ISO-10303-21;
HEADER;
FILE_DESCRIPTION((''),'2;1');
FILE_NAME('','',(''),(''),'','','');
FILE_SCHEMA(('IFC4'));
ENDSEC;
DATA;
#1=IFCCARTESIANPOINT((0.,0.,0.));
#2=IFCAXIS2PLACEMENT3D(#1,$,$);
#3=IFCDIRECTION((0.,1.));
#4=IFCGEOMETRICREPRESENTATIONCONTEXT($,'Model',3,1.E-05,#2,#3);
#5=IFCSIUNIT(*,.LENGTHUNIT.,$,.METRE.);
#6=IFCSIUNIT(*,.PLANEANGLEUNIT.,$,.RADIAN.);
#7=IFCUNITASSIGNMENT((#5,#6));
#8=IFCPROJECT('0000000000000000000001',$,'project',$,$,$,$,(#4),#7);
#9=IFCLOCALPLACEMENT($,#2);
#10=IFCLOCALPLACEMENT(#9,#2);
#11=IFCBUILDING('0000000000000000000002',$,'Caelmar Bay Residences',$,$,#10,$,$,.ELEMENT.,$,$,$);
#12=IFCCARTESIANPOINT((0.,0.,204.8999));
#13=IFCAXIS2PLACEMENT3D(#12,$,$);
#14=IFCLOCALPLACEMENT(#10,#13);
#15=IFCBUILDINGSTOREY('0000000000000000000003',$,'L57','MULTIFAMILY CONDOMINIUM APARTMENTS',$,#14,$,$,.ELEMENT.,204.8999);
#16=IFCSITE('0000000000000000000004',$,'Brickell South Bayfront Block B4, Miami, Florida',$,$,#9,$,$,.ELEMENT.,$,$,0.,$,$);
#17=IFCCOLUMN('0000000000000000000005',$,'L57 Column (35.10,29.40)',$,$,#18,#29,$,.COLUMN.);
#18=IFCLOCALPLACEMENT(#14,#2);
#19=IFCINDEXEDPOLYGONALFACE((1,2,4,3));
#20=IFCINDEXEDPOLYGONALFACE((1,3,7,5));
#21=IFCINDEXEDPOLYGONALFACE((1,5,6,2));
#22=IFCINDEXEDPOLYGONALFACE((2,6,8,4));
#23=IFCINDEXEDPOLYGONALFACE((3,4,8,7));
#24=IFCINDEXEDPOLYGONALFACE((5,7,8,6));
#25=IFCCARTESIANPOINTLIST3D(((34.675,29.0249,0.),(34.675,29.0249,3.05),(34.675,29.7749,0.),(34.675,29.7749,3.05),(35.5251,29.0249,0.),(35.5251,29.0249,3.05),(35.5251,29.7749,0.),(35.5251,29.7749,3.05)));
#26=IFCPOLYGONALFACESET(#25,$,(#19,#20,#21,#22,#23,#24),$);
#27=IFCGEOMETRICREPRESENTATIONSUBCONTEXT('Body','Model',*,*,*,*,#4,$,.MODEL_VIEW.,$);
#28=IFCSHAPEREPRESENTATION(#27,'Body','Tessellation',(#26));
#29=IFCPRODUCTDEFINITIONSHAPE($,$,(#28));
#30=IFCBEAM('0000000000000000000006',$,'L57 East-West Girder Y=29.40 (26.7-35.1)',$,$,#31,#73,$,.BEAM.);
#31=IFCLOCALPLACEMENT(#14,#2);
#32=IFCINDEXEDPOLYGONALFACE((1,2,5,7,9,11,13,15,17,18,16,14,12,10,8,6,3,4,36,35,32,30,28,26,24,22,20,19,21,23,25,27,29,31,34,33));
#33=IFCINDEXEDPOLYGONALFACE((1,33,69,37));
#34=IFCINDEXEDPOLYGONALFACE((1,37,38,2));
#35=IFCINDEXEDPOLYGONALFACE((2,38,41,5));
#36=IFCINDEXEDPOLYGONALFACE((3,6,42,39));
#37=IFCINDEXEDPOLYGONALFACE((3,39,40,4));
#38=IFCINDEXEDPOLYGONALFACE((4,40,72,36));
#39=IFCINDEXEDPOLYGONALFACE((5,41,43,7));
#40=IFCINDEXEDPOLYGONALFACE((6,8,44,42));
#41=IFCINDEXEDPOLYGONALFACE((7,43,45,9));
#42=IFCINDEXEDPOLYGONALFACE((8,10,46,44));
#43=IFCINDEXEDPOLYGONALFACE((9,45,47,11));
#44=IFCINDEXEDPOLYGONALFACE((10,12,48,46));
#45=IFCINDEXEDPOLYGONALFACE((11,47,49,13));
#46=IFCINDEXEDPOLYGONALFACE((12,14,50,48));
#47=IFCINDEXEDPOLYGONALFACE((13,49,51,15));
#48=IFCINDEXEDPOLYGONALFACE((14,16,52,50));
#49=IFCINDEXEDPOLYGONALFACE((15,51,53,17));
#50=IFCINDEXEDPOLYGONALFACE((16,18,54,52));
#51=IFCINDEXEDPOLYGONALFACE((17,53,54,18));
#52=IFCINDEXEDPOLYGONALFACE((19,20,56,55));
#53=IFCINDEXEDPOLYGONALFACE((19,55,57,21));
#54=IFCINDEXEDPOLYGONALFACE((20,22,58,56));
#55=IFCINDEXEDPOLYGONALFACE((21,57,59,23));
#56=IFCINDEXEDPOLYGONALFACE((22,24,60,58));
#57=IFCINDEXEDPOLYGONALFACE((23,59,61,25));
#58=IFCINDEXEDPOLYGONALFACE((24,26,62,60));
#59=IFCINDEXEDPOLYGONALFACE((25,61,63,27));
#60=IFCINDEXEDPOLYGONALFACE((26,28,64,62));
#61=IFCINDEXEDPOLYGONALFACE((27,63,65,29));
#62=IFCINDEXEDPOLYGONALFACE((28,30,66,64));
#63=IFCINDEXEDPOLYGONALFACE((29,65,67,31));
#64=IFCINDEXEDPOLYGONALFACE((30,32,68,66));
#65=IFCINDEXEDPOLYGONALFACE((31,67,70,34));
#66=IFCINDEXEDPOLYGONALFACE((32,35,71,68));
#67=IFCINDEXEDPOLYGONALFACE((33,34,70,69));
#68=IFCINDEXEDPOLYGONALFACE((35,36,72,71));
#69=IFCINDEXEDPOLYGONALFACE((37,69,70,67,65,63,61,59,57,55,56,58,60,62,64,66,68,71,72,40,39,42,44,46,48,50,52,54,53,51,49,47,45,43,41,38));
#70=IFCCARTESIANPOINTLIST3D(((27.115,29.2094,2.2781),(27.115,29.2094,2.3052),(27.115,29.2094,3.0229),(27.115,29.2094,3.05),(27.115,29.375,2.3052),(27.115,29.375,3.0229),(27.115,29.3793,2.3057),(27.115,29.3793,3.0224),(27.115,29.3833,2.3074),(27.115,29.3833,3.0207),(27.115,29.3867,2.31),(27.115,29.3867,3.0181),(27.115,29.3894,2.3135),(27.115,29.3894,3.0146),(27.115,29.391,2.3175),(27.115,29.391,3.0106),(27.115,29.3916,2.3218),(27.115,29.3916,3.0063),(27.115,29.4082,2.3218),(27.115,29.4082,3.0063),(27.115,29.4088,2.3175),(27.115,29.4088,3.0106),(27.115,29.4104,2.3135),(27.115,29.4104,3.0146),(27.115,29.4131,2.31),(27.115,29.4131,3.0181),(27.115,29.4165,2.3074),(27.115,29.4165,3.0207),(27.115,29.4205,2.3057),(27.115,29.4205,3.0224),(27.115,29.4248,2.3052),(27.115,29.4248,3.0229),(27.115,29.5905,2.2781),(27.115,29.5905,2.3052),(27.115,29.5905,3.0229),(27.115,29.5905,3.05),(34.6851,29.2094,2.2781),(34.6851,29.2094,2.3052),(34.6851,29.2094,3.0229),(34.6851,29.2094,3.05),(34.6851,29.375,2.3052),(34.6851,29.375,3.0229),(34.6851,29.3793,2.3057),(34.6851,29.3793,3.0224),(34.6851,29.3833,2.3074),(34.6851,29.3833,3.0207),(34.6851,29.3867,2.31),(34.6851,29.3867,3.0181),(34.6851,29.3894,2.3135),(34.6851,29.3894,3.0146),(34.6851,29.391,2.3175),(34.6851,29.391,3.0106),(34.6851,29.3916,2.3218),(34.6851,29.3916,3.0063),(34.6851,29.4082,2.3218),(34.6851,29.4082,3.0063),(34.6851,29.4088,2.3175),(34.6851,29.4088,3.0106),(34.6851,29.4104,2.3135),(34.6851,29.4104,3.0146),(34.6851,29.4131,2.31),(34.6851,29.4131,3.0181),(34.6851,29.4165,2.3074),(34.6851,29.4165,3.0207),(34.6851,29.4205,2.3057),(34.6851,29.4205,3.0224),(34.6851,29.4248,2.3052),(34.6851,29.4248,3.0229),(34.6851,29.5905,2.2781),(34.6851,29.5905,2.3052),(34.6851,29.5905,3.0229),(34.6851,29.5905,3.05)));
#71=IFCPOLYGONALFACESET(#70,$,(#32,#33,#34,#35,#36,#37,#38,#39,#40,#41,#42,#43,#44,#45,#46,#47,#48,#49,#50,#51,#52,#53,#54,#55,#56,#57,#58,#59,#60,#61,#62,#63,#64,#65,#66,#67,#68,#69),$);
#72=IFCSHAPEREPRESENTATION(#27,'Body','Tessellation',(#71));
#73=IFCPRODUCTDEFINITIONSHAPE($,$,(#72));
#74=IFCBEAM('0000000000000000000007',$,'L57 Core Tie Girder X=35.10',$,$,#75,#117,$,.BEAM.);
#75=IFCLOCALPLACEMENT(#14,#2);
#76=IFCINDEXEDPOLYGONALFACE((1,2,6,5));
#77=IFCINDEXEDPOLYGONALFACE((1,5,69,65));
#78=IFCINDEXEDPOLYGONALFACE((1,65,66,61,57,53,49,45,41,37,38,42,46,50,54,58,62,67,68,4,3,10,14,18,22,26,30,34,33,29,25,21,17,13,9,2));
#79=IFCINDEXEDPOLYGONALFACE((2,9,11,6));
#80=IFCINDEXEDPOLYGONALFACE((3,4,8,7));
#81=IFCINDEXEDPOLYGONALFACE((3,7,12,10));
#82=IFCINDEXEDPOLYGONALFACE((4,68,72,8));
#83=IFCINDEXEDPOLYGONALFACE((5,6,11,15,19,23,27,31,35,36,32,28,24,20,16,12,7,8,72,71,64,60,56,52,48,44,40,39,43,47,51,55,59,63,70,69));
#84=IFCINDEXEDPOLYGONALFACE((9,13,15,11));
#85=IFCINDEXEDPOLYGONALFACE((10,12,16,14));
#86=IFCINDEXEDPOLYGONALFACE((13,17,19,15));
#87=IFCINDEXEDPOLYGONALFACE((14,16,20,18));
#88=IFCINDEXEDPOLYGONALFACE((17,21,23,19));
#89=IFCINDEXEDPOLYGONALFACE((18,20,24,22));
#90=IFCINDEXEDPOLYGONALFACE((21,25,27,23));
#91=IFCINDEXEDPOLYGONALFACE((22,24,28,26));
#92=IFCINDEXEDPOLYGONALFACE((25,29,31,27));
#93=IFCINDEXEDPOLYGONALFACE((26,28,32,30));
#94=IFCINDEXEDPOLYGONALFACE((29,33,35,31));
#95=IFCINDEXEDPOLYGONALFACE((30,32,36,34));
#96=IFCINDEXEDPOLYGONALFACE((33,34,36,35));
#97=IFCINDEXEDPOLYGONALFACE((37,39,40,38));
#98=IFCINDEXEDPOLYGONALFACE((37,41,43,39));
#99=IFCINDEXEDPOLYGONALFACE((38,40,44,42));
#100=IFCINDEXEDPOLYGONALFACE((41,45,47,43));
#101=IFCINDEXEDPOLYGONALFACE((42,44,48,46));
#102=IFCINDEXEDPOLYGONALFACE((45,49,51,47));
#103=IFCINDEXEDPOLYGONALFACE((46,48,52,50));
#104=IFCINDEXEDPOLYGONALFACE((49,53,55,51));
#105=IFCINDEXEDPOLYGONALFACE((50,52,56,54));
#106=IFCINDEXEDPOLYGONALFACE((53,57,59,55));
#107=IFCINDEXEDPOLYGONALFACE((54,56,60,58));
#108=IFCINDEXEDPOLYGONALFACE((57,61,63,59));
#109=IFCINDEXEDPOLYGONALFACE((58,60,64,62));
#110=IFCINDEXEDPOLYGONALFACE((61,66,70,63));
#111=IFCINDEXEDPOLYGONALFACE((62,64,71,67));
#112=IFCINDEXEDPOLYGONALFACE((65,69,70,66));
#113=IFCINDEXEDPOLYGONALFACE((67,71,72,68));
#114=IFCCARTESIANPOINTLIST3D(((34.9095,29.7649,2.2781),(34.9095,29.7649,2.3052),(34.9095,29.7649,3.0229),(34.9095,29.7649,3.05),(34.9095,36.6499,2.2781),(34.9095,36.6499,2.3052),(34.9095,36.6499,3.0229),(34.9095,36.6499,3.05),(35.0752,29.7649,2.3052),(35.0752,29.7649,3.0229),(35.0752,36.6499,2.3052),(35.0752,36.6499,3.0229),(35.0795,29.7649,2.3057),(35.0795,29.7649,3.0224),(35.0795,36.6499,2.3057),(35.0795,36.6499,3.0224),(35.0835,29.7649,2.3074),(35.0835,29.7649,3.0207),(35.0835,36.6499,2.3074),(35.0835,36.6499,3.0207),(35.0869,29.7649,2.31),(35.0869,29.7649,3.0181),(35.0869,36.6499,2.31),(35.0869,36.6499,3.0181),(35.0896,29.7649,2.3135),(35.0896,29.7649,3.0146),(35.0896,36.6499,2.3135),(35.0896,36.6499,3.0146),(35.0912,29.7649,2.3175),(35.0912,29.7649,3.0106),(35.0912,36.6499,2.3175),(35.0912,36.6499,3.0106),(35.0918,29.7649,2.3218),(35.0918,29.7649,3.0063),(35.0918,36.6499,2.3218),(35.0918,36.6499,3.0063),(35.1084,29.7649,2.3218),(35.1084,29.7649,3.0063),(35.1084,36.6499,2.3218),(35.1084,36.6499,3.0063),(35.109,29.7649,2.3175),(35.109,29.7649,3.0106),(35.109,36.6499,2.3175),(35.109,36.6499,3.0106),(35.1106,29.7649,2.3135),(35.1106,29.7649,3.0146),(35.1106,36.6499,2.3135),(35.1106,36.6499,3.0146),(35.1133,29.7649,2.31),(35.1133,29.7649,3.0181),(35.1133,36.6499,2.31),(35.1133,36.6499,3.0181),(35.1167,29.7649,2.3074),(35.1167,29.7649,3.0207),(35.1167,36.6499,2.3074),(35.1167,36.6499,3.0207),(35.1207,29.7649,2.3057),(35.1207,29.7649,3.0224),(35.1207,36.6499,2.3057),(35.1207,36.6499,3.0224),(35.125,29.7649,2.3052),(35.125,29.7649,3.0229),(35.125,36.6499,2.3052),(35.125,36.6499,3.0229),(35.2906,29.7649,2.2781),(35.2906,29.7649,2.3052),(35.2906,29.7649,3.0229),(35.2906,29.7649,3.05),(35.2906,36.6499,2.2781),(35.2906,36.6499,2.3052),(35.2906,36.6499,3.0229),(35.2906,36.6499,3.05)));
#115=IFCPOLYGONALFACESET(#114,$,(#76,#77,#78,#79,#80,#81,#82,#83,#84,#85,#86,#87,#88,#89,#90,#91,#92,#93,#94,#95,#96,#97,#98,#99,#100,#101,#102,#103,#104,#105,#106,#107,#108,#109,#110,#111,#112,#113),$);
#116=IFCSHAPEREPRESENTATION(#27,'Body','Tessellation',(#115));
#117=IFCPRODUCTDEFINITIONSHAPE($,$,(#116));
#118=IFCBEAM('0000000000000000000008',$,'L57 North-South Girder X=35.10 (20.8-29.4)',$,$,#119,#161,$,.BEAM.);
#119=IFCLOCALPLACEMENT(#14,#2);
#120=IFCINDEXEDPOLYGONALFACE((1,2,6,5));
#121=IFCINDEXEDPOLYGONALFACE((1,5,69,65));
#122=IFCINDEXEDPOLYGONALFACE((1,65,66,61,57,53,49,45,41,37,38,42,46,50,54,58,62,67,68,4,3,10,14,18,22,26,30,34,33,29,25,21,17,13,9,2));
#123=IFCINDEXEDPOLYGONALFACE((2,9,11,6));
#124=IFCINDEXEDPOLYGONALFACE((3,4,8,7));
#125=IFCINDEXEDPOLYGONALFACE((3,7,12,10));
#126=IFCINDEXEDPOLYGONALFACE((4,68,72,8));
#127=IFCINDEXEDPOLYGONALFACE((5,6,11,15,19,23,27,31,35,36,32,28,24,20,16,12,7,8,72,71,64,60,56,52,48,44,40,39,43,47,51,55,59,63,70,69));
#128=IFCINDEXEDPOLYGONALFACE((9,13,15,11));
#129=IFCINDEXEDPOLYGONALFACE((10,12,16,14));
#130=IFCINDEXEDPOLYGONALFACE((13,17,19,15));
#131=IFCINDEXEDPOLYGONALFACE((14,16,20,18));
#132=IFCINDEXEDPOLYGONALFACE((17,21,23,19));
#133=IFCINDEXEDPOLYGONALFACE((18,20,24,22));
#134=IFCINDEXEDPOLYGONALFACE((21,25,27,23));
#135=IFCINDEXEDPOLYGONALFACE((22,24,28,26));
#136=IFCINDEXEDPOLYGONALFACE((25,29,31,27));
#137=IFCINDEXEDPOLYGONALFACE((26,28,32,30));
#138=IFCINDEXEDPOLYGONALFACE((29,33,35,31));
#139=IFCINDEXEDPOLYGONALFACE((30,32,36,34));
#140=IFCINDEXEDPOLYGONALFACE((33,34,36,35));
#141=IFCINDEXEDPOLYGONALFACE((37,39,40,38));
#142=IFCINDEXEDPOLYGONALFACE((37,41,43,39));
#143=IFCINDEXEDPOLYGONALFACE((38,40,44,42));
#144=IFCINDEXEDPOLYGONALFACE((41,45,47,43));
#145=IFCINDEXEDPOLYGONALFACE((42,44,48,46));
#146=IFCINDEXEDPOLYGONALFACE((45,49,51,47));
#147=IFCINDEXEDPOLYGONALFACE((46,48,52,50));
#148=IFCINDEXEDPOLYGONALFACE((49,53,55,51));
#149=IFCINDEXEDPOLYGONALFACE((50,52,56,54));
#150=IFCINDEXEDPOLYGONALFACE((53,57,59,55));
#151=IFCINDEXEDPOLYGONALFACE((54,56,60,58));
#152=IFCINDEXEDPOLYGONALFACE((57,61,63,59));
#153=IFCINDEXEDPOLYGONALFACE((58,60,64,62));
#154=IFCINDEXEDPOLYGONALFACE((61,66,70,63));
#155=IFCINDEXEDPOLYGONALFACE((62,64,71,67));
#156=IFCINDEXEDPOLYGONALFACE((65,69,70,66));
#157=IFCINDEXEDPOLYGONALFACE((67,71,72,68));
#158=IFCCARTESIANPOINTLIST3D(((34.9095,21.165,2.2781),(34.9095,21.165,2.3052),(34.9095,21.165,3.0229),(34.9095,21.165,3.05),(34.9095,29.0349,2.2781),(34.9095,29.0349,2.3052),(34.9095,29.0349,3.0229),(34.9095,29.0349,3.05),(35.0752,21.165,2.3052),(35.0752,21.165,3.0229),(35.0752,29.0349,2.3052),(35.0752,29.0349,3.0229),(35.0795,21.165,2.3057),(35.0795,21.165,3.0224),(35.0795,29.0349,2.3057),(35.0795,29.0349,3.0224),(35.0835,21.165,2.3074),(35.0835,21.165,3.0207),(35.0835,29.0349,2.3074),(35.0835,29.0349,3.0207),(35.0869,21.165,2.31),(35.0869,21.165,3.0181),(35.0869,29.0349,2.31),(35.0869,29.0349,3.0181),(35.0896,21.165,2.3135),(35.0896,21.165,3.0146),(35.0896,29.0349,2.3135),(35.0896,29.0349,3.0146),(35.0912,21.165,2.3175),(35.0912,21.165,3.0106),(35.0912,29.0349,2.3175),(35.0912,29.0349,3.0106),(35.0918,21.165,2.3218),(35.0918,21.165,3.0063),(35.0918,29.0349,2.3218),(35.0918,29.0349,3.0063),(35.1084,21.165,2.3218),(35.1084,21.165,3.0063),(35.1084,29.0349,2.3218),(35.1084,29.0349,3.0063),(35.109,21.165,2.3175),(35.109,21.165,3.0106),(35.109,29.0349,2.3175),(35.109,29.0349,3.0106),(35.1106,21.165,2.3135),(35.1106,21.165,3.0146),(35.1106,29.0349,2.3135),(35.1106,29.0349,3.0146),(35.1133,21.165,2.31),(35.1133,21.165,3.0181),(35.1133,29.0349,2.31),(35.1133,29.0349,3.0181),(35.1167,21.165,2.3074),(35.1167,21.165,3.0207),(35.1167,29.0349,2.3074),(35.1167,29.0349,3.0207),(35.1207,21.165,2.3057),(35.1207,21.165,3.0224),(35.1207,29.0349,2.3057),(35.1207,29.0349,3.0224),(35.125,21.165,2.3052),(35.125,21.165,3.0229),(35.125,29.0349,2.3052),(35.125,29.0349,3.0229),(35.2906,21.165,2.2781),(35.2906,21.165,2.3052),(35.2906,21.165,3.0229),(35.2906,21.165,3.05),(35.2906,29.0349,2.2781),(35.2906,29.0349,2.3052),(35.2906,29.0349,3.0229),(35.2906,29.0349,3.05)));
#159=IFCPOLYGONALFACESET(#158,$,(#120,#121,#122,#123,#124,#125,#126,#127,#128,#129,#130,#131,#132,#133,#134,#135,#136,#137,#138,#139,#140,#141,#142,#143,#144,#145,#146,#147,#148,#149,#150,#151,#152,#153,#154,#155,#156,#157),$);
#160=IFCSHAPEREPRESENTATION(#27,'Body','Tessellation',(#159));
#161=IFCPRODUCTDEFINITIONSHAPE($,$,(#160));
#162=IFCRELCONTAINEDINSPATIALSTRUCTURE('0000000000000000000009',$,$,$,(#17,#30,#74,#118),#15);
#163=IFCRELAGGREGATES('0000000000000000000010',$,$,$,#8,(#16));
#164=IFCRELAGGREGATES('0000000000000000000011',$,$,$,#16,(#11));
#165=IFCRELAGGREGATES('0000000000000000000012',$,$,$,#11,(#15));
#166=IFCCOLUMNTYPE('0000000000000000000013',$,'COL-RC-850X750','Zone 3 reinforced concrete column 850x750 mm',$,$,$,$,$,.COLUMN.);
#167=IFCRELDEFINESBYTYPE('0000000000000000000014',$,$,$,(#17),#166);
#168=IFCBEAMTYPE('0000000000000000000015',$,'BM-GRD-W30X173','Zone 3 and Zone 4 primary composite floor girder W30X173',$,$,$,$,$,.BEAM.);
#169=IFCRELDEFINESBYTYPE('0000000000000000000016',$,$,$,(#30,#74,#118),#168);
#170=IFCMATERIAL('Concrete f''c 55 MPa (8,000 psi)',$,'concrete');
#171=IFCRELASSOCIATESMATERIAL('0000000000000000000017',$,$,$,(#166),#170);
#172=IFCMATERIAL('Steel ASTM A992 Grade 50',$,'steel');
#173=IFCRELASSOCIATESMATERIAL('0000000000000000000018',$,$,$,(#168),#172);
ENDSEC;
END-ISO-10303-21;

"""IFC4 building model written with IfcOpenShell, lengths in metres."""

from ifc_helpers import new_model, si_unit, direction, frame, origin, origin_2d, place, context, subcontext, project, spatial, rectangle, i_section, extrude, material, material_profile, profile_set, type_object, element, save


model = new_model("IFC4")

# Units and contexts
model_context = context("Model", 3, precision=1e-05, world=origin(), true_north=direction((0.0, 1.0)))
body_context = subcontext(model_context, "Body", "Model", "MODEL_VIEW")
ifc_project = project(units=[si_unit("LENGTHUNIT", "METRE"), si_unit("PLANEANGLEUNIT", "RADIAN")], contexts=[model_context])

# Site, building, storey
site_placement = place(None, origin())
site = spatial("IfcSite", under=ifc_project, at=site_placement, Name="Brickell South Bayfront Block B4, Miami, Florida", CompositionType="ELEMENT", RefElevation=0.0)
building_placement = place(site_placement, origin())
building = spatial("IfcBuilding", under=site, at=building_placement, Name="Caelmar Bay Residences", CompositionType="ELEMENT")
storey_placement = place(building_placement, frame((0.0, 0.0, 204.8999)))
storey = spatial("IfcBuildingStorey", under=building, at=storey_placement, Name="L57", Description="MULTIFAMILY CONDOMINIUM APARTMENTS", CompositionType="ELEMENT", Elevation=204.8999)

# Column
ifc_material_1 = material(Name="Concrete f'c 55 MPa (8,000 psi)", Category="concrete")
ifc_material_profile_1 = material_profile(ifc_material_1, rectangle(XDim=0.8501, YDim=0.75, at=origin_2d()), Name="RC-COL-850X750")
ifc_profile_set_1 = profile_set([ifc_material_profile_1], Name="Concrete f'c 55 MPa (8,000 psi)")
column_type = type_object("IfcColumnType", Name="COL-RC-850X750", Description="Zone 3 reinforced concrete column 850x750 mm", PredefinedType="COLUMN", material=ifc_profile_set_1)
column_placement = place(storey_placement, frame((35.1001, 29.3999, 0.0), z_axis=(0.0, 0.0, 1.0), x_axis=(1.0, 0.0, 0.0)))
element("IfcColumn", 1, at=column_placement, inside=storey, type_object=column_type, Name="L57 Column (35.10,29.40)", PredefinedType="COLUMN", context=body_context, shape_type="SweptSolid", body=[
    extrude(rectangle(XDim=0.8501, YDim=0.75, at=origin_2d()), origin(), (0.0, 0.0, 1.0), 3.05),
])

# Beams
ifc_material_2 = material(Name="Steel ASTM A992 Grade 50", Category="steel")
ifc_material_profile_2 = material_profile(ifc_material_2, i_section(OverallWidth=0.3811, OverallDepth=0.772, WebThickness=0.0166, FlangeThickness=0.0271, FilletRadius=0.0166, at=origin_2d()), Name="W30X173")
ifc_profile_set_2 = profile_set([ifc_material_profile_2], Name="Steel ASTM A992 Grade 50")
beam_type_1 = type_object("IfcBeamType", Name="BM-GRD-W30X173", Description="Zone 3 and Zone 4 primary composite floor girder W30X173", PredefinedType="BEAM", material=ifc_profile_set_2)
beam_1_placement = place(storey_placement, frame((27.115, 29.3999, 2.6641), z_axis=(1.0, 0.0, 0.0), x_axis=(0.0, 1.0, 0.0)))
element("IfcBeam", 2, at=beam_1_placement, inside=storey, type_object=beam_type_1, Name="L57 East-West Girder Y=29.40 (26.7-35.1)", PredefinedType="BEAM", context=body_context, shape_type="SweptSolid", body=[
    extrude(i_section(OverallWidth=0.3811, OverallDepth=0.772, WebThickness=0.0166, FlangeThickness=0.0271, FilletRadius=0.0166, at=origin_2d()), origin(), (0.0, 0.0, 1.0), 7.5701),
])
beam_2_placement = place(storey_placement, frame((35.1001, 29.7649, 2.6641), z_axis=(0.0, 1.0, 0.0), x_axis=(-1.0, 0.0, 0.0)))
element("IfcBeam", 3, at=beam_2_placement, inside=storey, type_object=beam_type_1, Name="L57 Core Tie Girder X=35.10", PredefinedType="BEAM", context=body_context, shape_type="SweptSolid", body=[
    extrude(i_section(OverallWidth=0.3811, OverallDepth=0.772, WebThickness=0.0166, FlangeThickness=0.0271, FilletRadius=0.0166, at=origin_2d()), origin(), (0.0, 0.0, 1.0), 6.885),
])
beam_3_placement = place(storey_placement, frame((35.1001, 21.165, 2.6641), z_axis=(0.0, 1.0, 0.0), x_axis=(-1.0, 0.0, 0.0)))
element("IfcBeam", 4, at=beam_3_placement, inside=storey, type_object=beam_type_1, Name="L57 North-South Girder X=35.10 (20.8-29.4)", PredefinedType="BEAM", context=body_context, shape_type="SweptSolid", body=[
    extrude(i_section(OverallWidth=0.3811, OverallDepth=0.772, WebThickness=0.0166, FlangeThickness=0.0271, FilletRadius=0.0166, at=origin_2d()), origin(), (0.0, 0.0, 1.0), 7.8699),
])

save(model, "model.ifc")
